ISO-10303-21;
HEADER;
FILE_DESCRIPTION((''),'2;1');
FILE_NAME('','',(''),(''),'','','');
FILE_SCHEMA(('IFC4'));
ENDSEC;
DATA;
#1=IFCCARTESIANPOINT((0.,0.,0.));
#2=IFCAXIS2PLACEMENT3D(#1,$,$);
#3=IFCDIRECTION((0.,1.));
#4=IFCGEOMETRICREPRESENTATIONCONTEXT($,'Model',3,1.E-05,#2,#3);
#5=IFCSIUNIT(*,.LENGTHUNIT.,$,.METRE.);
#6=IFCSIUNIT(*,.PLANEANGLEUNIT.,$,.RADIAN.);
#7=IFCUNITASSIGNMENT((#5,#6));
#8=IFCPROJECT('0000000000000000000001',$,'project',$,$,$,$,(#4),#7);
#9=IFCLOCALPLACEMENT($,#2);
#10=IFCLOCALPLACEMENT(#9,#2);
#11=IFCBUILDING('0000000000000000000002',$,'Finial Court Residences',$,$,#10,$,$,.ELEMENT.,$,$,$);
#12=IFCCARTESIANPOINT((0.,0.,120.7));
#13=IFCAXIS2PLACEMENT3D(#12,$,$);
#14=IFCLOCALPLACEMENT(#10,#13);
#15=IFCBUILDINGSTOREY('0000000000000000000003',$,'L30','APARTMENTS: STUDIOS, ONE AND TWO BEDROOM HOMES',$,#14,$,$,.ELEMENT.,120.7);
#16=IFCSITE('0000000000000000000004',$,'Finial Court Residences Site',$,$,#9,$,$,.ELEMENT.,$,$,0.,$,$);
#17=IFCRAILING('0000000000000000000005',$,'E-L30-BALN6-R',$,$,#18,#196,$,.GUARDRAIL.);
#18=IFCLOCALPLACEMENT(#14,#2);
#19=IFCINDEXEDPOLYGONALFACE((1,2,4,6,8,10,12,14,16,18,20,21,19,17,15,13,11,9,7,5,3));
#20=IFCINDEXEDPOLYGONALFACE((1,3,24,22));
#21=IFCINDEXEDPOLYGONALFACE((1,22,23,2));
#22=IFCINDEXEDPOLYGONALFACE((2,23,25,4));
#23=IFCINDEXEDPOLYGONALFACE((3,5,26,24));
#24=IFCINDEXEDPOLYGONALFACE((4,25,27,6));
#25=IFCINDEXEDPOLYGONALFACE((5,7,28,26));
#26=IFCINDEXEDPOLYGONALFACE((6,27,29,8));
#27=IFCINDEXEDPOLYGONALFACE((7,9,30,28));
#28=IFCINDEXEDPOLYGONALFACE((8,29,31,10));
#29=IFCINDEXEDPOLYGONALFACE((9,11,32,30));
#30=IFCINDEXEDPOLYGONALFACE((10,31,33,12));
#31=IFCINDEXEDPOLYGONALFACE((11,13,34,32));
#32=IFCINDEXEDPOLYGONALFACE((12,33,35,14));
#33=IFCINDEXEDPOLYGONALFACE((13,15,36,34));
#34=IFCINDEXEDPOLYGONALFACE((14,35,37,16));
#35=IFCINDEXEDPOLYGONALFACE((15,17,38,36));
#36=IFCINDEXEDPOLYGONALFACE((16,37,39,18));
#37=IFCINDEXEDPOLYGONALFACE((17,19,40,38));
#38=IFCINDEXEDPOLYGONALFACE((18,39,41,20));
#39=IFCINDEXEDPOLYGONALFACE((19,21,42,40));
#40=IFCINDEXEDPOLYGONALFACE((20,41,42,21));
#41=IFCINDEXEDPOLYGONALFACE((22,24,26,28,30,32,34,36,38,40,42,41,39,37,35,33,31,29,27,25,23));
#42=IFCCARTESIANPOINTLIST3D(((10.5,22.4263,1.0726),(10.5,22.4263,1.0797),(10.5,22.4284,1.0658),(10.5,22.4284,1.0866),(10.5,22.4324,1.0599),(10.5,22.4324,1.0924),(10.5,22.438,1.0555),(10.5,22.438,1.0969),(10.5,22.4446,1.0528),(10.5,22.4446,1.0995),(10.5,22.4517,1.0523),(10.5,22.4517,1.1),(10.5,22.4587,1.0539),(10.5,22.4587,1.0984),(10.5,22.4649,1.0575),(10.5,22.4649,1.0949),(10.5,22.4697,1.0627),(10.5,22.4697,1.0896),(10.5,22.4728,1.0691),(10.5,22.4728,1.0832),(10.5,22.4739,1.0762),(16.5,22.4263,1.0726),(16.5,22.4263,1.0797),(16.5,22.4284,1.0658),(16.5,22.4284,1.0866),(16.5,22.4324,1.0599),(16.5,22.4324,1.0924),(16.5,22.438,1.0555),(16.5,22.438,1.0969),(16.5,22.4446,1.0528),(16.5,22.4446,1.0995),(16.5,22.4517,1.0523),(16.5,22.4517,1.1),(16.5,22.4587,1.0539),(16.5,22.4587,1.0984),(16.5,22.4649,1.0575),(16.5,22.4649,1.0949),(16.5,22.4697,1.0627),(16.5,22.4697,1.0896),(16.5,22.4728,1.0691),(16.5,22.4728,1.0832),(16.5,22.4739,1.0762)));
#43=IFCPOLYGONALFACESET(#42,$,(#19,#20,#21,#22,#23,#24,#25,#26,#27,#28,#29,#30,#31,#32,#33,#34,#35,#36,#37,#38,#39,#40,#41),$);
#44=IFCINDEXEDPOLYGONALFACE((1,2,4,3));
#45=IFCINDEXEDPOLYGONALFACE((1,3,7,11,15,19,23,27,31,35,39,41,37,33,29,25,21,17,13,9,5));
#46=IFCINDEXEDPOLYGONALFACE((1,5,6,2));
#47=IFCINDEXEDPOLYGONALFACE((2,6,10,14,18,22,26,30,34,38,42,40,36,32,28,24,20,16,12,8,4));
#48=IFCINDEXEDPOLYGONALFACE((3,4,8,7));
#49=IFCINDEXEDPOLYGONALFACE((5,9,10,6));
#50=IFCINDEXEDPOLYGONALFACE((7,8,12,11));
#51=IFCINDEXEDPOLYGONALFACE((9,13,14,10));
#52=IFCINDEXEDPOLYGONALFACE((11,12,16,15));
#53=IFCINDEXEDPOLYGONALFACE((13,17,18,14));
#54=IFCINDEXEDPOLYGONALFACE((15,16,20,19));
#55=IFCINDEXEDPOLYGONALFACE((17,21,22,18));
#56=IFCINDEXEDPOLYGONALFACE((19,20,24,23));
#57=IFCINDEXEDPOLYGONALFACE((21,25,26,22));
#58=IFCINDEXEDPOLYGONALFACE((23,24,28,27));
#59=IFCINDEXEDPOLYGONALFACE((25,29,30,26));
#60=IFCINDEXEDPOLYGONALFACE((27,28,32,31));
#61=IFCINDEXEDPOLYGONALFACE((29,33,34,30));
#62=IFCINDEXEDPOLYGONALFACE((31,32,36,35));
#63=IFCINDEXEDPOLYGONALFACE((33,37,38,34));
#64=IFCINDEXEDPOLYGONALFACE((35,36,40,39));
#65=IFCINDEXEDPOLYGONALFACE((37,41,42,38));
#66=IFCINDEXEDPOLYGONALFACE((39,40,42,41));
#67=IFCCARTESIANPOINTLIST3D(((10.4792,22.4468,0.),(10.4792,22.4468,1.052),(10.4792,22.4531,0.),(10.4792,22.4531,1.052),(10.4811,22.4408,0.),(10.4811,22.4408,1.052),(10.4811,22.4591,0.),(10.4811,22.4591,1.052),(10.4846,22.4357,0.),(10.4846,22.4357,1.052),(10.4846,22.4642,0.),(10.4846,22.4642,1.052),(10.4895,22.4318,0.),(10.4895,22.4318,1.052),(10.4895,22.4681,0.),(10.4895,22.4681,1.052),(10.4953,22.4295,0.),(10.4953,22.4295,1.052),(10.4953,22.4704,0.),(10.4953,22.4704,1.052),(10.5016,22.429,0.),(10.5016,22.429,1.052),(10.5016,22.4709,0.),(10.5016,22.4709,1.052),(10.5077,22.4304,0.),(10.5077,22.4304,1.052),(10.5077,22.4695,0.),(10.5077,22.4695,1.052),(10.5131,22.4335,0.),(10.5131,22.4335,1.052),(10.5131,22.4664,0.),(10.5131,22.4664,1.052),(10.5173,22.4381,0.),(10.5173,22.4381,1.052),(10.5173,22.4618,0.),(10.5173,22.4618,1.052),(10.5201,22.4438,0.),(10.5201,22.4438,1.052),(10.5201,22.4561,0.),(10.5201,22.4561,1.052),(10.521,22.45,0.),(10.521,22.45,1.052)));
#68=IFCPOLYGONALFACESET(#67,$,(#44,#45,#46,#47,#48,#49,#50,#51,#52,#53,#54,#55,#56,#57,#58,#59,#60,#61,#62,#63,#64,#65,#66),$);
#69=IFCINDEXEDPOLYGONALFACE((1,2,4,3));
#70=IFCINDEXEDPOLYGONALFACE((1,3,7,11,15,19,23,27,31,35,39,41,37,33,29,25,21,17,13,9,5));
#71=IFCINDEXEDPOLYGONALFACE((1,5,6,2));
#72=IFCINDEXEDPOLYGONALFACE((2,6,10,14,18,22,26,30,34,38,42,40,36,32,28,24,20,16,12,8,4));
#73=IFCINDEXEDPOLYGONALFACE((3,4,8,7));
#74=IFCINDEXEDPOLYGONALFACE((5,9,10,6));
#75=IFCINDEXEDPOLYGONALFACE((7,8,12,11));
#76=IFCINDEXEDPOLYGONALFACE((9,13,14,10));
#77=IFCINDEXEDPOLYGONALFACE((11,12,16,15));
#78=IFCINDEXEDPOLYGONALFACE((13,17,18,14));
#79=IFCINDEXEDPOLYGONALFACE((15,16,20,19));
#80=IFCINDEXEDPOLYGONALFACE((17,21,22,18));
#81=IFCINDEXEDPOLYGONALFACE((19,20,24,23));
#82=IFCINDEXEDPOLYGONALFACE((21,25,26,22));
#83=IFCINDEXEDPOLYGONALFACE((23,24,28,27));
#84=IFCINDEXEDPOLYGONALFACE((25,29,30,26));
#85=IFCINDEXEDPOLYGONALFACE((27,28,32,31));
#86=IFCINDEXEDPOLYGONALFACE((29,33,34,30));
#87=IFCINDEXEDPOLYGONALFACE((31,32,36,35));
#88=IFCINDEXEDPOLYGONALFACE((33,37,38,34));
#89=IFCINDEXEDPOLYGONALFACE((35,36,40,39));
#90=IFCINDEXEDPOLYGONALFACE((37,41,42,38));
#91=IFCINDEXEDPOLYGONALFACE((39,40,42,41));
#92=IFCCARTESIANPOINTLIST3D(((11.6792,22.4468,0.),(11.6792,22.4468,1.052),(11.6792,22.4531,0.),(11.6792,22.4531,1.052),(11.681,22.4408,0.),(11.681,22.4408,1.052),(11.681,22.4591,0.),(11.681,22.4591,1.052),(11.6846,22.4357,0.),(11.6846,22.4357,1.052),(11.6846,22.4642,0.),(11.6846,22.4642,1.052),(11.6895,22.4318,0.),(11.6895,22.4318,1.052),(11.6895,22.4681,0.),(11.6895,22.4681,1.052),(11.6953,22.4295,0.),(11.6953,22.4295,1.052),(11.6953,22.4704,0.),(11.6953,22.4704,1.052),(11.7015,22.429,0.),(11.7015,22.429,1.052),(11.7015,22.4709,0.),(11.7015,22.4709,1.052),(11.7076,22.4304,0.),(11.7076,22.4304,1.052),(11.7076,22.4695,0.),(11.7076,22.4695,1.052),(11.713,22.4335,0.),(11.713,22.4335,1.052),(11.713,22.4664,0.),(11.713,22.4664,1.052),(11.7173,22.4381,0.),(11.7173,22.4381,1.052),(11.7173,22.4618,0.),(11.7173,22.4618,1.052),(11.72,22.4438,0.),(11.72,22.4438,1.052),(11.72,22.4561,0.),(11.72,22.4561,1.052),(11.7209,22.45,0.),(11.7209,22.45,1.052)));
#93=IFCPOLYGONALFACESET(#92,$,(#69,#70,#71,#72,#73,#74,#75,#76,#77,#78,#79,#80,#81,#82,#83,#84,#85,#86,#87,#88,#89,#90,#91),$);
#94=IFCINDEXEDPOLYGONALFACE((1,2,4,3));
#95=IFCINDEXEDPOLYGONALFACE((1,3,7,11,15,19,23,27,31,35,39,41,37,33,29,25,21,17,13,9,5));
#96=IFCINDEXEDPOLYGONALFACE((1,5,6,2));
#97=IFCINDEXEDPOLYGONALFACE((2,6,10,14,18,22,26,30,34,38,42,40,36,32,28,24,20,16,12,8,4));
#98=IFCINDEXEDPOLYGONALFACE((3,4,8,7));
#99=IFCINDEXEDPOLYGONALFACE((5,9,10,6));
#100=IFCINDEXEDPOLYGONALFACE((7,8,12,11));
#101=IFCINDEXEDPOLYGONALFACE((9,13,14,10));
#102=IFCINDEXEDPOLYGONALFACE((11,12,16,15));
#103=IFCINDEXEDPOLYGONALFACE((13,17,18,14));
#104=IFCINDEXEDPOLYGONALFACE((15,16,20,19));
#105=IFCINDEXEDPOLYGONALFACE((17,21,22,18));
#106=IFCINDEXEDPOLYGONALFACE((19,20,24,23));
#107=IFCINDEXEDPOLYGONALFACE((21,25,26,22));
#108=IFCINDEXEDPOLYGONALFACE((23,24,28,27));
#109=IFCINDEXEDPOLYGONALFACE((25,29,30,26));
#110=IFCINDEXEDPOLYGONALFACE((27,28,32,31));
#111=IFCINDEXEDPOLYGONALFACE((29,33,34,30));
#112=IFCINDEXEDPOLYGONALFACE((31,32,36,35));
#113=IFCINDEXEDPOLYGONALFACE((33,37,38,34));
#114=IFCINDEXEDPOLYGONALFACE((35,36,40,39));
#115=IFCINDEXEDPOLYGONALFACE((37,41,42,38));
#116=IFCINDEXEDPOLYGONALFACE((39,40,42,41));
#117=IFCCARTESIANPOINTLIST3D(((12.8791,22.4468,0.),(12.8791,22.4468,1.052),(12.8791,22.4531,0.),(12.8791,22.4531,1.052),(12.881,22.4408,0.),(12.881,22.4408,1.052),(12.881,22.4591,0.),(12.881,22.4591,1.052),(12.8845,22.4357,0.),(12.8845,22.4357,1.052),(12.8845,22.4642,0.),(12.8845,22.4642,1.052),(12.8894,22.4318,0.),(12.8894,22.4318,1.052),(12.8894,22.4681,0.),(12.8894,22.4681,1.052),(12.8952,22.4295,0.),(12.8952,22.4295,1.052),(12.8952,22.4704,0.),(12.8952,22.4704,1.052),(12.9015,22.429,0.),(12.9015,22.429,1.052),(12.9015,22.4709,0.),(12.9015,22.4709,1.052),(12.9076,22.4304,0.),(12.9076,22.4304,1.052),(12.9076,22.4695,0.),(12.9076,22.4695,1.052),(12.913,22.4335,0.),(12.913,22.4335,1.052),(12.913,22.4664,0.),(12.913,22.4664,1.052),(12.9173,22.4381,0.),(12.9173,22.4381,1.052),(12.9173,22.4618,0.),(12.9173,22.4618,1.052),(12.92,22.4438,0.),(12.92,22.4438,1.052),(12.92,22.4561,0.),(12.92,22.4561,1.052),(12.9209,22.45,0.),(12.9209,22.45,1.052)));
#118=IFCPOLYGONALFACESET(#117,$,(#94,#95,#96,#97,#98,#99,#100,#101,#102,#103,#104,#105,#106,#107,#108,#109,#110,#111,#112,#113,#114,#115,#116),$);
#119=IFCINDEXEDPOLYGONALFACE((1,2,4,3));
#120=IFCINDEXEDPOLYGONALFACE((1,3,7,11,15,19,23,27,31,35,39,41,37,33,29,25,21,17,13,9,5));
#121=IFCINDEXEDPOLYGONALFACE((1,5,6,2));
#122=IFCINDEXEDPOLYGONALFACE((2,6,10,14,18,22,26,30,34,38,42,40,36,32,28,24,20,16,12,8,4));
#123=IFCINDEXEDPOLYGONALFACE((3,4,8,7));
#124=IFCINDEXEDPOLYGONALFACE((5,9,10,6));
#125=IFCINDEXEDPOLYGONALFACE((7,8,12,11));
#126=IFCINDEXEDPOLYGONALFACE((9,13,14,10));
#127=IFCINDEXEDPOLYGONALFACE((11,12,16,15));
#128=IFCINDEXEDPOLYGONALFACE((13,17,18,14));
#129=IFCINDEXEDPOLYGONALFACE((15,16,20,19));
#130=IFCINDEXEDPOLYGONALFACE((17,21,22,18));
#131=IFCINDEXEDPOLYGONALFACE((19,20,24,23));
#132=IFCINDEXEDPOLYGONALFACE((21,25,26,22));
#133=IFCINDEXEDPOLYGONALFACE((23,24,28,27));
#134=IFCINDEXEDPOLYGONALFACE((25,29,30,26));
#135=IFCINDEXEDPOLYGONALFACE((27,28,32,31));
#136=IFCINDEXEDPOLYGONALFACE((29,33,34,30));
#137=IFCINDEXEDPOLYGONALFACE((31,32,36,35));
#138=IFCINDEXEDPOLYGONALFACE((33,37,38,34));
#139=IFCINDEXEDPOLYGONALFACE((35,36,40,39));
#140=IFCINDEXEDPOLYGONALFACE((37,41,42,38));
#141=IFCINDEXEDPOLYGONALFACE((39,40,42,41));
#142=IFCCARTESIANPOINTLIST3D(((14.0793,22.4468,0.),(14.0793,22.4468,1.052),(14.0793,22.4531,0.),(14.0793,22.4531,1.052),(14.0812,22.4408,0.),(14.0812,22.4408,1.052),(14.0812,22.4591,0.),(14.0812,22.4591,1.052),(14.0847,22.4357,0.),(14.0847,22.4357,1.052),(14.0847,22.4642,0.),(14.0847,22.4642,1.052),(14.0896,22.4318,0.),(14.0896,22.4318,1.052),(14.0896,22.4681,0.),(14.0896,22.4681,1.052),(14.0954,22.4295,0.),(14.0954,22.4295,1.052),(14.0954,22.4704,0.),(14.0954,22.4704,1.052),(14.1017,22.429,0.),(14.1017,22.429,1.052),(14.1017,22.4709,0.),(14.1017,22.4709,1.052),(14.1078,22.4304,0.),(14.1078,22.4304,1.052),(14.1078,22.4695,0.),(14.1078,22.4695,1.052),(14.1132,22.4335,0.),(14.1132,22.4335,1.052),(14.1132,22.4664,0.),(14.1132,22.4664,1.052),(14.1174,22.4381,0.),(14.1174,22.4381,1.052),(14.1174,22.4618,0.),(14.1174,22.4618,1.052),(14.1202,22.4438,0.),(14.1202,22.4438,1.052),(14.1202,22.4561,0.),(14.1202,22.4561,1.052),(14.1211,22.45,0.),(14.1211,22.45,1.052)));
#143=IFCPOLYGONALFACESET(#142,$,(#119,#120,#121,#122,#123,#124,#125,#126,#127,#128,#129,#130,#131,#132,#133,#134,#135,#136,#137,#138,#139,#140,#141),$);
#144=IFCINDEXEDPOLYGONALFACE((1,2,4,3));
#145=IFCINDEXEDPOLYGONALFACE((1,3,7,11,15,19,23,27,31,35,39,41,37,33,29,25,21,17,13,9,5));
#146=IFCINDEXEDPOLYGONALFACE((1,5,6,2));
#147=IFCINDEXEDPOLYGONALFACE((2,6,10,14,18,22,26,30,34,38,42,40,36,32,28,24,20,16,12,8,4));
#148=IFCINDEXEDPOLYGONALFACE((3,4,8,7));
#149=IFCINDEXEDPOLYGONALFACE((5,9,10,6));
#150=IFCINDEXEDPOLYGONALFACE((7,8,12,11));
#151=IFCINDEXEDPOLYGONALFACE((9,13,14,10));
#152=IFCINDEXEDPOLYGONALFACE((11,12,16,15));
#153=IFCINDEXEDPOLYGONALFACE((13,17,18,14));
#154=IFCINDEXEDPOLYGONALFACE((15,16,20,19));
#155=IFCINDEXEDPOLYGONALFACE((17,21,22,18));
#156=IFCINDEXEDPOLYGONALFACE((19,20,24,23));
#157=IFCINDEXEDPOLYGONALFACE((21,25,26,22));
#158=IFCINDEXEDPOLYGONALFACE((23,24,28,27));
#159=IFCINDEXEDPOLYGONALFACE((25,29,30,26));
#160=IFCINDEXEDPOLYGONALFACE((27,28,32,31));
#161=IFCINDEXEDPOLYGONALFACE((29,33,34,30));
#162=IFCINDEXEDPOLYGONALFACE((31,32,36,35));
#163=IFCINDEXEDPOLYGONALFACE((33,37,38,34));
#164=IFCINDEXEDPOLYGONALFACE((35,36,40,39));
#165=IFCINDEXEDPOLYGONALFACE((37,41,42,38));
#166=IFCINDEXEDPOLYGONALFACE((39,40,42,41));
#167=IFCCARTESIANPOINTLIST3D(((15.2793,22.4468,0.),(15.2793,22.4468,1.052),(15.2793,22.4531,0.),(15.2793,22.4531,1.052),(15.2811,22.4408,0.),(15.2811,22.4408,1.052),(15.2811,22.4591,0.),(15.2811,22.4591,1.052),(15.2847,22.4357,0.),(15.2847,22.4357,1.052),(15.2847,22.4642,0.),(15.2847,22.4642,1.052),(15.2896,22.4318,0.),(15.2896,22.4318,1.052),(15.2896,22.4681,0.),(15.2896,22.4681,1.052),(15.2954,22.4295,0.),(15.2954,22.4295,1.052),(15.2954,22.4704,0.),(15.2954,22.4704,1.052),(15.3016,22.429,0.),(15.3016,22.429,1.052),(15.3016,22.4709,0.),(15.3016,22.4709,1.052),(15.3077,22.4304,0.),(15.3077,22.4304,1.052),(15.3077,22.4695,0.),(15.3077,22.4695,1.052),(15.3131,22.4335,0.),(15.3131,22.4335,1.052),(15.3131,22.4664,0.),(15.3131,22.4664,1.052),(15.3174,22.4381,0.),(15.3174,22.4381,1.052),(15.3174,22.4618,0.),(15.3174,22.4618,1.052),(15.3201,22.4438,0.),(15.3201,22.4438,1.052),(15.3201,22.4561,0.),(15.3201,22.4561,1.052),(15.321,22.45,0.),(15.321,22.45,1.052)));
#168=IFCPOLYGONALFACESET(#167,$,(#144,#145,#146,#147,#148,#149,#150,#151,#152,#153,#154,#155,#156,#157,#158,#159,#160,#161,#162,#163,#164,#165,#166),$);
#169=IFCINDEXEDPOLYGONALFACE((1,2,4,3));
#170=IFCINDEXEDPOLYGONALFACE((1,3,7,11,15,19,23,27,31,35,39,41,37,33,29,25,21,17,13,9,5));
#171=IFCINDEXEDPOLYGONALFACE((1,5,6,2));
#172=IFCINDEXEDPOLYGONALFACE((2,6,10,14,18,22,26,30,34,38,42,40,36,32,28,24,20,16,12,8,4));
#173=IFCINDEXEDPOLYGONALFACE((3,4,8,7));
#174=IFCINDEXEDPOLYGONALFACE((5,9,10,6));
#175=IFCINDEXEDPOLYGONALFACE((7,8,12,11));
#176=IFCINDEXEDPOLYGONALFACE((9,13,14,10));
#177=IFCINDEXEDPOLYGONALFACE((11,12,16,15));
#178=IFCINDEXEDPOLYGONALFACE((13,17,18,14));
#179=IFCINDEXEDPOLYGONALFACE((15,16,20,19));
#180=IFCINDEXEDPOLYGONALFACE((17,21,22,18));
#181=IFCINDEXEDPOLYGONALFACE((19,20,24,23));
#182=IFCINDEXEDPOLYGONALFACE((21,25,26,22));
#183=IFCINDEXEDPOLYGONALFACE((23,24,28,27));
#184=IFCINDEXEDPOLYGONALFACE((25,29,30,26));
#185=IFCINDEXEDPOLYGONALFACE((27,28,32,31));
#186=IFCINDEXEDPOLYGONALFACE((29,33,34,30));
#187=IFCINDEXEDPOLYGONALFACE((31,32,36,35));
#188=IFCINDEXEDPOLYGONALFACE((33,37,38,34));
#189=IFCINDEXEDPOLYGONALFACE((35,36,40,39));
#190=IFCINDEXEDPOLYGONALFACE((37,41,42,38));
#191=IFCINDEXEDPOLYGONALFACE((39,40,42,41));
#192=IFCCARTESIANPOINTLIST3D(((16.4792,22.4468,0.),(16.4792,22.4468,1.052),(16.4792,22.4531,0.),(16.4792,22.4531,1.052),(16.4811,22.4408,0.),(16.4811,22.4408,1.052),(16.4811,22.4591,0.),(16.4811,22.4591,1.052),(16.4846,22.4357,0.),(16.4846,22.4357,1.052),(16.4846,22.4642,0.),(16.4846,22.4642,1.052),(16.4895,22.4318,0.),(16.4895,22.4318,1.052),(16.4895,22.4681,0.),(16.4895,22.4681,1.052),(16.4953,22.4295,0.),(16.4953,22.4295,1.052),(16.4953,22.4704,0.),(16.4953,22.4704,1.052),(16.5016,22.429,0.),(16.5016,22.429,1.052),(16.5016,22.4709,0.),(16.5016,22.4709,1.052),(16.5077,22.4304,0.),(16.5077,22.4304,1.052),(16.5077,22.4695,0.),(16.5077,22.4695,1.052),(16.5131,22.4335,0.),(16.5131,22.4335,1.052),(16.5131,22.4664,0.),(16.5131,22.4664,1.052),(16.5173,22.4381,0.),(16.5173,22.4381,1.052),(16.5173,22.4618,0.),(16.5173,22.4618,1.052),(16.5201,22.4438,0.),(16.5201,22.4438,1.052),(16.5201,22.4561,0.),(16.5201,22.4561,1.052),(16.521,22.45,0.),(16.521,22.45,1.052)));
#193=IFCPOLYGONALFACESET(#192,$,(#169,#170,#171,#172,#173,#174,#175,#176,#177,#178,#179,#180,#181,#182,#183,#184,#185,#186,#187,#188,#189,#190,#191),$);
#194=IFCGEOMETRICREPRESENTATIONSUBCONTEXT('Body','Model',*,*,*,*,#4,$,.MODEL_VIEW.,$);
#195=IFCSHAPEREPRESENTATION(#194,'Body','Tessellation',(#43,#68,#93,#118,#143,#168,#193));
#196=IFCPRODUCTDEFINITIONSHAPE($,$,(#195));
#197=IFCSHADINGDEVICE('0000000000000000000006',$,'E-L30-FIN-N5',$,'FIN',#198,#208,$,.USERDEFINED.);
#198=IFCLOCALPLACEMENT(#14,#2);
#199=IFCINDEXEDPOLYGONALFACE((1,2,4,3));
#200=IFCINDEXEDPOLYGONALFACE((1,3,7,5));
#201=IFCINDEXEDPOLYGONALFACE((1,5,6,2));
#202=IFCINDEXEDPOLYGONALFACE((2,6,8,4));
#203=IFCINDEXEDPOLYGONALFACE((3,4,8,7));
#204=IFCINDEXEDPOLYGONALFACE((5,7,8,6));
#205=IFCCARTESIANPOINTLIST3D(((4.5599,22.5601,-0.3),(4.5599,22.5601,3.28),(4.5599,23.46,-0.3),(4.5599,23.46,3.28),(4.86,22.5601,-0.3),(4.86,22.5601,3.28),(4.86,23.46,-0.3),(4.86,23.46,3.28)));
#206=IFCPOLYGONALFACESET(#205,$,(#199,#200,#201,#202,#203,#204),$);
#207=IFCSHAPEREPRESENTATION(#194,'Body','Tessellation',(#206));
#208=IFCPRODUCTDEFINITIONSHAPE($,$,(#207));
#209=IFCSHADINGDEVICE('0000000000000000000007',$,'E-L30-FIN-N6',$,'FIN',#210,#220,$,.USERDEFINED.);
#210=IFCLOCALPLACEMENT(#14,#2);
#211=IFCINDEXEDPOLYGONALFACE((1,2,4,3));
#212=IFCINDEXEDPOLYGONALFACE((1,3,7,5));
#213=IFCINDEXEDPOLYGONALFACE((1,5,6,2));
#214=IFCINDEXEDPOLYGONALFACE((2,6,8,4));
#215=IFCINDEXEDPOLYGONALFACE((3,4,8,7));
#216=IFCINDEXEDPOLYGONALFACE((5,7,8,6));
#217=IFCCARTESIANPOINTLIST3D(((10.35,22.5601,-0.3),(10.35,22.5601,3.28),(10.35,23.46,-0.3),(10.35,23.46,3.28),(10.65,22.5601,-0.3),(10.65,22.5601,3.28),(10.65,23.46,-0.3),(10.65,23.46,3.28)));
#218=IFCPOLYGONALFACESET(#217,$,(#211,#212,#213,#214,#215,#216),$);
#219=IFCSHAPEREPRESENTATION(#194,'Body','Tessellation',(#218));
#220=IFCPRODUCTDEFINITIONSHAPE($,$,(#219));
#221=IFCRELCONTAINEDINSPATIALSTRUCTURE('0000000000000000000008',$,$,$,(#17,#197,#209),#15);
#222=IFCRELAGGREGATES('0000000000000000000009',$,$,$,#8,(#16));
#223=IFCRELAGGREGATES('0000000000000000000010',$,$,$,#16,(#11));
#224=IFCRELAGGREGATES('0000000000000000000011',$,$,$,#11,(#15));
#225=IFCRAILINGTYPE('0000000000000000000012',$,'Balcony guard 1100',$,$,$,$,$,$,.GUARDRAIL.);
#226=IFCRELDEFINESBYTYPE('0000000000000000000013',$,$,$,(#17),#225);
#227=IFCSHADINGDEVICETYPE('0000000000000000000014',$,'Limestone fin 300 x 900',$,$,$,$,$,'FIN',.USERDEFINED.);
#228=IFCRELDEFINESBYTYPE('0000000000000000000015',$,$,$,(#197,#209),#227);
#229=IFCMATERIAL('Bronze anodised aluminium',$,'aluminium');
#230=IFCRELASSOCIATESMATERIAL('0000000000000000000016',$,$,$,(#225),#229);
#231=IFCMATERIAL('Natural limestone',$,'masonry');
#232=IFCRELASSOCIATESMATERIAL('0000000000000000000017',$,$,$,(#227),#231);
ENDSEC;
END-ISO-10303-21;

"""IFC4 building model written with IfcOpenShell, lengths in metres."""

from ifc_helpers import new_model, si_unit, direction, frame, origin, origin_2d, place, context, subcontext, project, spatial, rectangle, circle, extrude, material, type_object, element, save


model = new_model("IFC4")

# Units and contexts
model_context = context("Model", 3, precision=1e-05, world=origin(), true_north=direction((0.0, 1.0)))
body_context = subcontext(model_context, "Body", "Model", "MODEL_VIEW")
ifc_project = project(units=[si_unit("LENGTHUNIT", "METRE"), si_unit("PLANEANGLEUNIT", "RADIAN")], contexts=[model_context])

# Site, building, storey
site_placement = place(None, origin())
site = spatial("IfcSite", under=ifc_project, at=site_placement, Name="Finial Court Residences Site", CompositionType="ELEMENT", RefElevation=0.0)
building_placement = place(site_placement, origin())
building = spatial("IfcBuilding", under=site, at=building_placement, Name="Finial Court Residences", CompositionType="ELEMENT")
storey_placement = place(building_placement, frame((0.0, 0.0, 120.7)))
storey = spatial("IfcBuildingStorey", under=building, at=storey_placement, Name="L30", Description="APARTMENTS: STUDIOS, ONE AND TWO BEDROOM HOMES", CompositionType="ELEMENT", Elevation=120.7)

# Shared definitions
ifc_material_1 = material(Name="Bronze anodised aluminium", Category="aluminium")

# Shared definitions
ifc_material_2 = material(Name="Natural limestone", Category="masonry")

# Railing
railing_type = type_object("IfcRailingType", Name="Balcony guard 1100", PredefinedType="GUARDRAIL", material=ifc_material_1)
railing_placement = place(storey_placement, frame((10.5, 22.45, 0.0)))
element("IfcRailing", 1, at=railing_placement, inside=storey, type_object=railing_type, Name="E-L30-BALN6-R", PredefinedType="GUARDRAIL", context=body_context, shape_type="SweptSolid", body=[
    extrude(circle(Radius=0.0239, at=origin_2d()), frame((0.0, 0.0, 1.0762), z_axis=(1.0, 0.0, 0.0), x_axis=(0.0, 1.0, 0.0)), (0.0, 0.0, 1.0), 6.0),
    extrude(circle(Radius=0.021, at=origin_2d()), origin(), (0.0, 0.0, 1.0), 1.052),
    extrude(circle(Radius=0.021, at=origin_2d()), frame((1.2, 0.0, 0.0)), (0.0, 0.0, 1.0), 1.052),
    extrude(circle(Radius=0.021, at=origin_2d()), frame((2.3999, 0.0, 0.0)), (0.0, 0.0, 1.0), 1.052),
    extrude(circle(Radius=0.021, at=origin_2d()), frame((3.6001, 0.0, 0.0)), (0.0, 0.0, 1.0), 1.052),
    extrude(circle(Radius=0.021, at=origin_2d()), frame((4.8, 0.0, 0.0)), (0.0, 0.0, 1.0), 1.052),
    extrude(circle(Radius=0.021, at=origin_2d()), frame((6.0, 0.0, 0.0)), (0.0, 0.0, 1.0), 1.052),
])

# Shading devices
shading_device_type = type_object("IfcShadingDeviceType", Name="Limestone fin 300 x 900", ElementType="FIN", PredefinedType="USERDEFINED", material=ifc_material_2)
for number, where, z_axis, x_axis, name in (
    (2, (4.71, 23.01, -0.3), (0.0, 0.0, 1.0), (1.0, 0.0, 0.0), "E-L30-FIN-N5"),
    (3, (10.5, 23.01, -0.3), (0.0, 0.0, 1.0), (1.0, 0.0, 0.0), "E-L30-FIN-N6"),
):
    element("IfcShadingDevice", number, at=place(storey_placement, frame(where, z_axis=z_axis, x_axis=x_axis)), inside=storey, type_object=shading_device_type, Name=name, ObjectType="FIN", PredefinedType="USERDEFINED", context=body_context, shape_type="SweptSolid", body=[
        extrude(rectangle(XDim=0.3, YDim=0.8999, at=origin_2d()), origin(), (0.0, 0.0, 1.0), 3.5801),
    ])

save(model, "model.ifc")
